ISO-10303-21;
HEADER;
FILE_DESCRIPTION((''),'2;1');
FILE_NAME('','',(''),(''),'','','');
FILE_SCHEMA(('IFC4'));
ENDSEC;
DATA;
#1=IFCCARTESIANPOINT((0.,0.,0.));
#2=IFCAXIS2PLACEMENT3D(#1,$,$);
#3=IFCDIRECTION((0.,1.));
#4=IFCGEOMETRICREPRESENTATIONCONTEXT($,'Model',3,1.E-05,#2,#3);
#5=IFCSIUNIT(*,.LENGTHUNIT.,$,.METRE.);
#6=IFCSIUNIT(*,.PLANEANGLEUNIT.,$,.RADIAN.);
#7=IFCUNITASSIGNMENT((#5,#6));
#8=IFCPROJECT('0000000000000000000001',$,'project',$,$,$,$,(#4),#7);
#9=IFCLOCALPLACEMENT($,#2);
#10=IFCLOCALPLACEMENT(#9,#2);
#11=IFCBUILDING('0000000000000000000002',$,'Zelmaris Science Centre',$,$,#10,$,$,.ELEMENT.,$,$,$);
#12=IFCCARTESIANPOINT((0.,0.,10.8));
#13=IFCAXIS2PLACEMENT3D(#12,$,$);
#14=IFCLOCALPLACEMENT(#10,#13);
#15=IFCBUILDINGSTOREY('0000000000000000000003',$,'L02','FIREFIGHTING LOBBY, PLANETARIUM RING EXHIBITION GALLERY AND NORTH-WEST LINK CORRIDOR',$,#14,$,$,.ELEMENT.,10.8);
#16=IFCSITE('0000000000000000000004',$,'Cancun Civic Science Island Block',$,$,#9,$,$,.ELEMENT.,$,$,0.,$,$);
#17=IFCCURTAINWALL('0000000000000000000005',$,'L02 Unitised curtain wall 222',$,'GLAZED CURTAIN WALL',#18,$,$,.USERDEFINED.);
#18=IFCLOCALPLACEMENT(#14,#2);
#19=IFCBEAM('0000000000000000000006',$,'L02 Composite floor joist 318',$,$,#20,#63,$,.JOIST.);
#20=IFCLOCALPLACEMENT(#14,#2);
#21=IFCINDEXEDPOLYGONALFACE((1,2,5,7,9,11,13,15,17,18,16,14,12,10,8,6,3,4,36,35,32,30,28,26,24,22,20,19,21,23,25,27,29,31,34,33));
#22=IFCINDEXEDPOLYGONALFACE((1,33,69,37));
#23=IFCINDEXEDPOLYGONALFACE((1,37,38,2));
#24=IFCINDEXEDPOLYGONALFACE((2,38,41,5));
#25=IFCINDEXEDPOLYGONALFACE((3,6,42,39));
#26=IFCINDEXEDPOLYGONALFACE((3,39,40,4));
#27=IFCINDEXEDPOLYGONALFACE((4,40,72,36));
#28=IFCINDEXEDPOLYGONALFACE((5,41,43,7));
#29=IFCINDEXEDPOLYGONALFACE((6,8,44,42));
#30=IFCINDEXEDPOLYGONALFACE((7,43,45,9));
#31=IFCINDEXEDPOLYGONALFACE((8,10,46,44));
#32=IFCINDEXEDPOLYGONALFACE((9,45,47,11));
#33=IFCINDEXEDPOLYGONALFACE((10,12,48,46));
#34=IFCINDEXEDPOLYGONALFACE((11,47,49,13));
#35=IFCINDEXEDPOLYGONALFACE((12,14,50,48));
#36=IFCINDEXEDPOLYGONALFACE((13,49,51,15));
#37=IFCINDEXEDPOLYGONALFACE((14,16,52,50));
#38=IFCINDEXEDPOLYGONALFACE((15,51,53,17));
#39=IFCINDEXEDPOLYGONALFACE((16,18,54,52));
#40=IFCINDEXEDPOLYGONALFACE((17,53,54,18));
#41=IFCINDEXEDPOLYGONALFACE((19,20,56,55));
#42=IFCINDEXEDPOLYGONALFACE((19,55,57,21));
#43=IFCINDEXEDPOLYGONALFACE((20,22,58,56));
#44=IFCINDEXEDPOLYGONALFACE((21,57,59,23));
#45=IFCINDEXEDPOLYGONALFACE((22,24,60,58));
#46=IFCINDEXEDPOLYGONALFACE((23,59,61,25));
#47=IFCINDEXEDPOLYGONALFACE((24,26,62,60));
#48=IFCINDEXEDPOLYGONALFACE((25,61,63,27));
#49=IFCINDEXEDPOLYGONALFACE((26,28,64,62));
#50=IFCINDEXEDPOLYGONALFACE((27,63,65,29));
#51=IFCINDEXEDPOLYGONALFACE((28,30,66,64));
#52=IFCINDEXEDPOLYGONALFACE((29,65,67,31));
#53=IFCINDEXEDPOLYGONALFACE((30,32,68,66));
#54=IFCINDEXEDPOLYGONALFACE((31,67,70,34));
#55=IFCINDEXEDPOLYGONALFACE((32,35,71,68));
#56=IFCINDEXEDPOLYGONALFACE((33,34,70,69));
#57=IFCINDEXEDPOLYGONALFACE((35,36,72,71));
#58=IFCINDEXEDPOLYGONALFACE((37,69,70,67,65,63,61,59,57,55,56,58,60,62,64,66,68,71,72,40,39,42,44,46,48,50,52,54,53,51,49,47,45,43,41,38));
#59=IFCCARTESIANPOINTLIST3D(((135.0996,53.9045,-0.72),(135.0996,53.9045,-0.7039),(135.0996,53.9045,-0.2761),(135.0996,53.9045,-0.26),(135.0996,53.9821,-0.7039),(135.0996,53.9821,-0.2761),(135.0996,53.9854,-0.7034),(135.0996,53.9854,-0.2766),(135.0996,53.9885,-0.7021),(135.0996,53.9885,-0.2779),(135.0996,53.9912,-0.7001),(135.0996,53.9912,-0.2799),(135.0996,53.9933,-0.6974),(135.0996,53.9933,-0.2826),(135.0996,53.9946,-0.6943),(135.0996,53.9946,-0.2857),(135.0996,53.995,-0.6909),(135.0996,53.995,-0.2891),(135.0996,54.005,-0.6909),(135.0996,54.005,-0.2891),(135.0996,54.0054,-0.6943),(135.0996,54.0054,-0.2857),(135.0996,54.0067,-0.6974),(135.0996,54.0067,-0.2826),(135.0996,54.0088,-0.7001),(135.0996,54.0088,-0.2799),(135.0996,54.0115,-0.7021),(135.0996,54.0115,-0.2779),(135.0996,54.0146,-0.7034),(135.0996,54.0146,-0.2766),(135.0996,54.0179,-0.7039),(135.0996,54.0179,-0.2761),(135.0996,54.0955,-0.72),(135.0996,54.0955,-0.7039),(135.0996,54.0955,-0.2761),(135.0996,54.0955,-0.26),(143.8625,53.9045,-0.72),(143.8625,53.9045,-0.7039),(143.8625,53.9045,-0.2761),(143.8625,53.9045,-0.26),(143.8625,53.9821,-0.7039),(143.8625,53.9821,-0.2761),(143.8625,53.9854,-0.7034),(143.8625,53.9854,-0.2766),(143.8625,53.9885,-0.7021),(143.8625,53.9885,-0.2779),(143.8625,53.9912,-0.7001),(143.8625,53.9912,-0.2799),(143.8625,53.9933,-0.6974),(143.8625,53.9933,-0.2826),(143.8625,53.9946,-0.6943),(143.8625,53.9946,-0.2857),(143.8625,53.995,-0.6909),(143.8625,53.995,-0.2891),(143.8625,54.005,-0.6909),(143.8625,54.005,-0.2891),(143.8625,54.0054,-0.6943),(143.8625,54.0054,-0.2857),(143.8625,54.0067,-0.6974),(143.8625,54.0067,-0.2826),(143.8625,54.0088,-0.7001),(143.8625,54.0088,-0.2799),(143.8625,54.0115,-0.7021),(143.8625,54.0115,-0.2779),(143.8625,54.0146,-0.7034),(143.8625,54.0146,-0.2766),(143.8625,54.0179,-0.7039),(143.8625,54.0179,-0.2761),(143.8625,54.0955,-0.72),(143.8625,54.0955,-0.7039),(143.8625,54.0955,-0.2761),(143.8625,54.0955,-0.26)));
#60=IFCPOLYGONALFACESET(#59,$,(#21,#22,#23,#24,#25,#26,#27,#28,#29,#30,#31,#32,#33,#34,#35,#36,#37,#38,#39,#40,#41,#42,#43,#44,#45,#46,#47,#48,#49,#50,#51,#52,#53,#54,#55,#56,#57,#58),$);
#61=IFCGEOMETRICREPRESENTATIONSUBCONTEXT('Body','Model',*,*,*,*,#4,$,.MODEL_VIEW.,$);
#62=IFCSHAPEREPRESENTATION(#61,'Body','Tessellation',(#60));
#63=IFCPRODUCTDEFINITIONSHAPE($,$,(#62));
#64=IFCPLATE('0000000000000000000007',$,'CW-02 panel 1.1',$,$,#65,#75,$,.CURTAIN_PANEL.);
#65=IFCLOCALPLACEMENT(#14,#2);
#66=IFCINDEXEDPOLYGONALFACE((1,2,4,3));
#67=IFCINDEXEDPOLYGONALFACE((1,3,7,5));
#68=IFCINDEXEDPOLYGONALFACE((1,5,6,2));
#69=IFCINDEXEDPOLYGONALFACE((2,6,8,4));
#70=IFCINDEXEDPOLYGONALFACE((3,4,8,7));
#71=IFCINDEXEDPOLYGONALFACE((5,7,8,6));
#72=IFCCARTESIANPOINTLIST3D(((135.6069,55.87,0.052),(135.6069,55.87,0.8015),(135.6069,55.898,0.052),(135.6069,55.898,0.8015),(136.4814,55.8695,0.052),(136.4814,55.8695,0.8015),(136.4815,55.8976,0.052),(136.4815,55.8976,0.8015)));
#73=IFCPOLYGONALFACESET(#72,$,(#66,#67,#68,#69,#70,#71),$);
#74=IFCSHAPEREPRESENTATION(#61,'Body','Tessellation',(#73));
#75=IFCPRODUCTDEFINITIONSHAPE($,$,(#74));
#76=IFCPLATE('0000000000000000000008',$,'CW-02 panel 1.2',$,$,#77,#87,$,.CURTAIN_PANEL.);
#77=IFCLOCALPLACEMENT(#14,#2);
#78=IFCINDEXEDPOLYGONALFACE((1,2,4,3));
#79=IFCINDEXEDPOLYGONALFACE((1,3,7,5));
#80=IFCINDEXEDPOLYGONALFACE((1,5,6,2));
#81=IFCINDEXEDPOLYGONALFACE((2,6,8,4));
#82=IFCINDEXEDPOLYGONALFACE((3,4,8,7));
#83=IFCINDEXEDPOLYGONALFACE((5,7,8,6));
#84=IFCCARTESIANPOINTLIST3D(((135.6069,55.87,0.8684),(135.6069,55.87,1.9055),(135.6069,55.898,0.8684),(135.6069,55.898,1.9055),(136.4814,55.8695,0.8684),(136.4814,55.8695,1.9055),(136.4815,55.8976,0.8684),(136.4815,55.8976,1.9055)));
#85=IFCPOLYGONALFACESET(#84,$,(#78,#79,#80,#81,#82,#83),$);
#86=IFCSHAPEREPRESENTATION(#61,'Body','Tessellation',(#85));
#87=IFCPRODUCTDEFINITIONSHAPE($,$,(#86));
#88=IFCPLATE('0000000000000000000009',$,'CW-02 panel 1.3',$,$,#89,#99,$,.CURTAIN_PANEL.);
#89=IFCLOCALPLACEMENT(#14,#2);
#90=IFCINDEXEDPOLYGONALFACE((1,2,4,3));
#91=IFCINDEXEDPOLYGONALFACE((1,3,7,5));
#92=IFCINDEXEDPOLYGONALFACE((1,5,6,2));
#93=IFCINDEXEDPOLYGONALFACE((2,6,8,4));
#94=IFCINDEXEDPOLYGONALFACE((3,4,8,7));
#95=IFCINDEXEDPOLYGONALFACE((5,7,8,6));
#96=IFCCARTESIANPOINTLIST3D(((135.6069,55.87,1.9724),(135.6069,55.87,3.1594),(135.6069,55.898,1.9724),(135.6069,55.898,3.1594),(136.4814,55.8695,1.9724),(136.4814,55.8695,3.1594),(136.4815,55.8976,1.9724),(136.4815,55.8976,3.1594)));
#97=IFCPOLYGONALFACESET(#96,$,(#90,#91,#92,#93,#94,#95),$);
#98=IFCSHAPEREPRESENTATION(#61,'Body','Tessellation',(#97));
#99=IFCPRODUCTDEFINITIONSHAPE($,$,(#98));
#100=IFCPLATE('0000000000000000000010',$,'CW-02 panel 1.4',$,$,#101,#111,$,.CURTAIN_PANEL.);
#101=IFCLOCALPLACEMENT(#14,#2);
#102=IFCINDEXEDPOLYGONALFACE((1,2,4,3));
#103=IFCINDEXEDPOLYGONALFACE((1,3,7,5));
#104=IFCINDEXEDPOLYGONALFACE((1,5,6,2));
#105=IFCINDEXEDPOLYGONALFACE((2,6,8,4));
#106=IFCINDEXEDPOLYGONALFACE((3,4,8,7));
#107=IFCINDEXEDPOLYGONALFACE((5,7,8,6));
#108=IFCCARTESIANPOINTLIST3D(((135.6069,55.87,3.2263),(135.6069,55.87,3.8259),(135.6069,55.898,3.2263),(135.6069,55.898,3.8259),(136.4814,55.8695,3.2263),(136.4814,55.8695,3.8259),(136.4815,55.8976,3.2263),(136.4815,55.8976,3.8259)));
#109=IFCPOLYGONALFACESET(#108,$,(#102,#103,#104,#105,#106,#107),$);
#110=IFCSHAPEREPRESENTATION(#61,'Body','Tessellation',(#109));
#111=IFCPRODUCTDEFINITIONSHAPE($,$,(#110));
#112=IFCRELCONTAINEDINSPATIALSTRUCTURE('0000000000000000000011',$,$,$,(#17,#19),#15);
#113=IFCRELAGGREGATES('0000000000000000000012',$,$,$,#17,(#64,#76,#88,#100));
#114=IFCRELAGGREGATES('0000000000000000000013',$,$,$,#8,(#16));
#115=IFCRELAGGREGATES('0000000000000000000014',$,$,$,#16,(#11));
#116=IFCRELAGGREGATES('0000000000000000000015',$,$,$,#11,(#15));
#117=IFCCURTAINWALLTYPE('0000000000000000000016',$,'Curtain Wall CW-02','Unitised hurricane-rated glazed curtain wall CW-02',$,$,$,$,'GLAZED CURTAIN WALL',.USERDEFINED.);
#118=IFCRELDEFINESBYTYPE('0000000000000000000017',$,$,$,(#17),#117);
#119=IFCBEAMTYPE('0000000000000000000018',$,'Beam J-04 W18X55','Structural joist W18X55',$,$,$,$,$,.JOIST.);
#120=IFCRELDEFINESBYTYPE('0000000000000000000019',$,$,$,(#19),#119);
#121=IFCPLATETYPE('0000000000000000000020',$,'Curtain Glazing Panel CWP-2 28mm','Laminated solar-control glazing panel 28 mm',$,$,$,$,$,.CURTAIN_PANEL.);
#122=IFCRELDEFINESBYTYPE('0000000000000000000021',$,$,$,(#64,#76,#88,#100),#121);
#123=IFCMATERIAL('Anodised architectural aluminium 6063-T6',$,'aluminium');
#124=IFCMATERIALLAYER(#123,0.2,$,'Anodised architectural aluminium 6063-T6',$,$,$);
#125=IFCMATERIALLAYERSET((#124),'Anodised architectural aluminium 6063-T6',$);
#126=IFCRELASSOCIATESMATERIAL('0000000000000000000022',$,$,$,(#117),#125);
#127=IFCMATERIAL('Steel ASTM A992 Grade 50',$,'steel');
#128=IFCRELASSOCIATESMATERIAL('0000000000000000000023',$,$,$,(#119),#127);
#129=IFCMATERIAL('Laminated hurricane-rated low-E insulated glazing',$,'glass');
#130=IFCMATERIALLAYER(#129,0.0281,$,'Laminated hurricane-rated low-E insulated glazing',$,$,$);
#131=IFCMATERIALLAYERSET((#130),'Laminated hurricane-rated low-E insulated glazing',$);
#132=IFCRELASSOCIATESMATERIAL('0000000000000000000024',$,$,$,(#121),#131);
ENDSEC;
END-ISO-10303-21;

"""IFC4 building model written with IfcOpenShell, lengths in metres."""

from ifc_helpers import new_model, si_unit, direction, frame, origin, origin_2d, place, context, subcontext, project, spatial, rectangle, i_section, extrude, material, layer, layer_set, material_profile, profile_set, type_object, element, aggregate, save


model = new_model("IFC4")

# Units and contexts
model_context = context("Model", 3, precision=1e-05, world=origin(), true_north=direction((0.0, 1.0)))
body_context = subcontext(model_context, "Body", "Model", "MODEL_VIEW")
ifc_project = project(units=[si_unit("LENGTHUNIT", "METRE"), si_unit("PLANEANGLEUNIT", "RADIAN")], contexts=[model_context])

# Site, building, storey
site_placement = place(None, origin())
site = spatial("IfcSite", under=ifc_project, at=site_placement, Name="Cancun Civic Science Island Block", CompositionType="ELEMENT", RefElevation=0.0)
building_placement = place(site_placement, origin())
building = spatial("IfcBuilding", under=site, at=building_placement, Name="Zelmaris Science Centre", CompositionType="ELEMENT")
storey_placement = place(building_placement, frame((0.0, 0.0, 10.8)))
storey = spatial("IfcBuildingStorey", under=building, at=storey_placement, Name="L02", Description="FIREFIGHTING LOBBY, PLANETARIUM RING EXHIBITION GALLERY AND NORTH-WEST LINK CORRIDOR", CompositionType="ELEMENT", Elevation=10.8)

# Shared definitions
ifc_material_1 = material(Name="Steel ASTM A992 Grade 50", Category="steel")

# Shared definitions
ifc_material_2 = material(Name="Anodised architectural aluminium 6063-T6", Category="aluminium")

# Curtain wall
ifc_layer_1 = layer(ifc_material_2, 0.2, Name="Anodised architectural aluminium 6063-T6")
ifc_layer_set_1 = layer_set([ifc_layer_1], Name="Anodised architectural aluminium 6063-T6")
curtain_wall_type_1 = type_object("IfcCurtainWallType", Name="Curtain Wall CW-02", Description="Unitised hurricane-rated glazed curtain wall CW-02", ElementType="GLAZED CURTAIN WALL", PredefinedType="USERDEFINED", material=ifc_layer_set_1)
curtain_wall_1_placement = place(storey_placement, origin())
curtain_wall_1 = element("IfcCurtainWall", 1, at=curtain_wall_1_placement, inside=storey, type_object=curtain_wall_type_1, Name="L02 Unitised curtain wall 222", ObjectType="GLAZED CURTAIN WALL", PredefinedType="USERDEFINED")

# Beam
ifc_material_profile_1 = material_profile(ifc_material_1, i_section(OverallWidth=0.1909, OverallDepth=0.46, WebThickness=0.01, FlangeThickness=0.0161, FilletRadius=0.0129, at=origin_2d()), Name="W18X55")
ifc_profile_set_1 = profile_set([ifc_material_profile_1], Name="Steel ASTM A992 Grade 50")
beam_type_1 = type_object("IfcBeamType", Name="Beam J-04 W18X55", Description="Structural joist W18X55", PredefinedType="JOIST", material=ifc_profile_set_1)
beam_1_placement = place(storey_placement, frame((135.0996, 54.0, -0.49), z_axis=(1.0, 0.0, 0.0), x_axis=(0.0, 1.0, 0.0)))
element("IfcBeam", 2, at=beam_1_placement, inside=storey, type_object=beam_type_1, Name="L02 Composite floor joist 318", PredefinedType="JOIST", context=body_context, shape_type="SweptSolid", body=[
    extrude(i_section(OverallWidth=0.1909, OverallDepth=0.46, WebThickness=0.01, FlangeThickness=0.0161, FilletRadius=0.0129, at=origin_2d()), origin(), (0.0, 0.0, 1.0), 8.7629),
])

# Plates
ifc_material_3 = material(Name="Laminated hurricane-rated low-E insulated glazing", Category="glass")
ifc_layer_2 = layer(ifc_material_3, 0.0281, Name="Laminated hurricane-rated low-E insulated glazing")
ifc_layer_set_2 = layer_set([ifc_layer_2], Name="Laminated hurricane-rated low-E insulated glazing")
plate_type = type_object("IfcPlateType", Name="Curtain Glazing Panel CWP-2 28mm", Description="Laminated solar-control glazing panel 28 mm", PredefinedType="CURTAIN_PANEL", material=ifc_layer_set_2)
plate_1_placement = place(storey_placement, frame((136.0442, 55.8838, 0.052), z_axis=(0.0, 0.0, 1.0), x_axis=(1.0, -0.000487, 0.0)))
plate_1 = element("IfcPlate", 3, at=plate_1_placement, type_object=plate_type, Name="CW-02 panel 1.1", PredefinedType="CURTAIN_PANEL", context=body_context, shape_type="SweptSolid", body=[
    extrude(rectangle(XDim=0.8745, YDim=0.0281, at=origin_2d()), origin(), (0.0, 0.0, 1.0), 0.7495),
])
plate_2_placement = place(storey_placement, frame((136.0442, 55.8838, 0.8684), z_axis=(0.0, 0.0, 1.0), x_axis=(1.0, -0.000487, 0.0)))
plate_2 = element("IfcPlate", 4, at=plate_2_placement, type_object=plate_type, Name="CW-02 panel 1.2", PredefinedType="CURTAIN_PANEL", context=body_context, shape_type="SweptSolid", body=[
    extrude(rectangle(XDim=0.8745, YDim=0.0281, at=origin_2d()), origin(), (0.0, 0.0, 1.0), 1.0371),
])
plate_3_placement = place(storey_placement, frame((136.0442, 55.8838, 1.9724), z_axis=(0.0, 0.0, 1.0), x_axis=(1.0, -0.000487, 0.0)))
plate_3 = element("IfcPlate", 5, at=plate_3_placement, type_object=plate_type, Name="CW-02 panel 1.3", PredefinedType="CURTAIN_PANEL", context=body_context, shape_type="SweptSolid", body=[
    extrude(rectangle(XDim=0.8745, YDim=0.0281, at=origin_2d()), origin(), (0.0, 0.0, 1.0), 1.187),
])
plate_4_placement = place(storey_placement, frame((136.0442, 55.8838, 3.2263), z_axis=(0.0, 0.0, 1.0), x_axis=(1.0, -0.000487, 0.0)))
plate_4 = element("IfcPlate", 6, at=plate_4_placement, type_object=plate_type, Name="CW-02 panel 1.4", PredefinedType="CURTAIN_PANEL", context=body_context, shape_type="SweptSolid", body=[
    extrude(rectangle(XDim=0.8745, YDim=0.0281, at=origin_2d()), origin(), (0.0, 0.0, 1.0), 0.5996),
])
aggregate(curtain_wall_1, [plate_1, plate_2, plate_3, plate_4])

save(model, "model.ifc")
